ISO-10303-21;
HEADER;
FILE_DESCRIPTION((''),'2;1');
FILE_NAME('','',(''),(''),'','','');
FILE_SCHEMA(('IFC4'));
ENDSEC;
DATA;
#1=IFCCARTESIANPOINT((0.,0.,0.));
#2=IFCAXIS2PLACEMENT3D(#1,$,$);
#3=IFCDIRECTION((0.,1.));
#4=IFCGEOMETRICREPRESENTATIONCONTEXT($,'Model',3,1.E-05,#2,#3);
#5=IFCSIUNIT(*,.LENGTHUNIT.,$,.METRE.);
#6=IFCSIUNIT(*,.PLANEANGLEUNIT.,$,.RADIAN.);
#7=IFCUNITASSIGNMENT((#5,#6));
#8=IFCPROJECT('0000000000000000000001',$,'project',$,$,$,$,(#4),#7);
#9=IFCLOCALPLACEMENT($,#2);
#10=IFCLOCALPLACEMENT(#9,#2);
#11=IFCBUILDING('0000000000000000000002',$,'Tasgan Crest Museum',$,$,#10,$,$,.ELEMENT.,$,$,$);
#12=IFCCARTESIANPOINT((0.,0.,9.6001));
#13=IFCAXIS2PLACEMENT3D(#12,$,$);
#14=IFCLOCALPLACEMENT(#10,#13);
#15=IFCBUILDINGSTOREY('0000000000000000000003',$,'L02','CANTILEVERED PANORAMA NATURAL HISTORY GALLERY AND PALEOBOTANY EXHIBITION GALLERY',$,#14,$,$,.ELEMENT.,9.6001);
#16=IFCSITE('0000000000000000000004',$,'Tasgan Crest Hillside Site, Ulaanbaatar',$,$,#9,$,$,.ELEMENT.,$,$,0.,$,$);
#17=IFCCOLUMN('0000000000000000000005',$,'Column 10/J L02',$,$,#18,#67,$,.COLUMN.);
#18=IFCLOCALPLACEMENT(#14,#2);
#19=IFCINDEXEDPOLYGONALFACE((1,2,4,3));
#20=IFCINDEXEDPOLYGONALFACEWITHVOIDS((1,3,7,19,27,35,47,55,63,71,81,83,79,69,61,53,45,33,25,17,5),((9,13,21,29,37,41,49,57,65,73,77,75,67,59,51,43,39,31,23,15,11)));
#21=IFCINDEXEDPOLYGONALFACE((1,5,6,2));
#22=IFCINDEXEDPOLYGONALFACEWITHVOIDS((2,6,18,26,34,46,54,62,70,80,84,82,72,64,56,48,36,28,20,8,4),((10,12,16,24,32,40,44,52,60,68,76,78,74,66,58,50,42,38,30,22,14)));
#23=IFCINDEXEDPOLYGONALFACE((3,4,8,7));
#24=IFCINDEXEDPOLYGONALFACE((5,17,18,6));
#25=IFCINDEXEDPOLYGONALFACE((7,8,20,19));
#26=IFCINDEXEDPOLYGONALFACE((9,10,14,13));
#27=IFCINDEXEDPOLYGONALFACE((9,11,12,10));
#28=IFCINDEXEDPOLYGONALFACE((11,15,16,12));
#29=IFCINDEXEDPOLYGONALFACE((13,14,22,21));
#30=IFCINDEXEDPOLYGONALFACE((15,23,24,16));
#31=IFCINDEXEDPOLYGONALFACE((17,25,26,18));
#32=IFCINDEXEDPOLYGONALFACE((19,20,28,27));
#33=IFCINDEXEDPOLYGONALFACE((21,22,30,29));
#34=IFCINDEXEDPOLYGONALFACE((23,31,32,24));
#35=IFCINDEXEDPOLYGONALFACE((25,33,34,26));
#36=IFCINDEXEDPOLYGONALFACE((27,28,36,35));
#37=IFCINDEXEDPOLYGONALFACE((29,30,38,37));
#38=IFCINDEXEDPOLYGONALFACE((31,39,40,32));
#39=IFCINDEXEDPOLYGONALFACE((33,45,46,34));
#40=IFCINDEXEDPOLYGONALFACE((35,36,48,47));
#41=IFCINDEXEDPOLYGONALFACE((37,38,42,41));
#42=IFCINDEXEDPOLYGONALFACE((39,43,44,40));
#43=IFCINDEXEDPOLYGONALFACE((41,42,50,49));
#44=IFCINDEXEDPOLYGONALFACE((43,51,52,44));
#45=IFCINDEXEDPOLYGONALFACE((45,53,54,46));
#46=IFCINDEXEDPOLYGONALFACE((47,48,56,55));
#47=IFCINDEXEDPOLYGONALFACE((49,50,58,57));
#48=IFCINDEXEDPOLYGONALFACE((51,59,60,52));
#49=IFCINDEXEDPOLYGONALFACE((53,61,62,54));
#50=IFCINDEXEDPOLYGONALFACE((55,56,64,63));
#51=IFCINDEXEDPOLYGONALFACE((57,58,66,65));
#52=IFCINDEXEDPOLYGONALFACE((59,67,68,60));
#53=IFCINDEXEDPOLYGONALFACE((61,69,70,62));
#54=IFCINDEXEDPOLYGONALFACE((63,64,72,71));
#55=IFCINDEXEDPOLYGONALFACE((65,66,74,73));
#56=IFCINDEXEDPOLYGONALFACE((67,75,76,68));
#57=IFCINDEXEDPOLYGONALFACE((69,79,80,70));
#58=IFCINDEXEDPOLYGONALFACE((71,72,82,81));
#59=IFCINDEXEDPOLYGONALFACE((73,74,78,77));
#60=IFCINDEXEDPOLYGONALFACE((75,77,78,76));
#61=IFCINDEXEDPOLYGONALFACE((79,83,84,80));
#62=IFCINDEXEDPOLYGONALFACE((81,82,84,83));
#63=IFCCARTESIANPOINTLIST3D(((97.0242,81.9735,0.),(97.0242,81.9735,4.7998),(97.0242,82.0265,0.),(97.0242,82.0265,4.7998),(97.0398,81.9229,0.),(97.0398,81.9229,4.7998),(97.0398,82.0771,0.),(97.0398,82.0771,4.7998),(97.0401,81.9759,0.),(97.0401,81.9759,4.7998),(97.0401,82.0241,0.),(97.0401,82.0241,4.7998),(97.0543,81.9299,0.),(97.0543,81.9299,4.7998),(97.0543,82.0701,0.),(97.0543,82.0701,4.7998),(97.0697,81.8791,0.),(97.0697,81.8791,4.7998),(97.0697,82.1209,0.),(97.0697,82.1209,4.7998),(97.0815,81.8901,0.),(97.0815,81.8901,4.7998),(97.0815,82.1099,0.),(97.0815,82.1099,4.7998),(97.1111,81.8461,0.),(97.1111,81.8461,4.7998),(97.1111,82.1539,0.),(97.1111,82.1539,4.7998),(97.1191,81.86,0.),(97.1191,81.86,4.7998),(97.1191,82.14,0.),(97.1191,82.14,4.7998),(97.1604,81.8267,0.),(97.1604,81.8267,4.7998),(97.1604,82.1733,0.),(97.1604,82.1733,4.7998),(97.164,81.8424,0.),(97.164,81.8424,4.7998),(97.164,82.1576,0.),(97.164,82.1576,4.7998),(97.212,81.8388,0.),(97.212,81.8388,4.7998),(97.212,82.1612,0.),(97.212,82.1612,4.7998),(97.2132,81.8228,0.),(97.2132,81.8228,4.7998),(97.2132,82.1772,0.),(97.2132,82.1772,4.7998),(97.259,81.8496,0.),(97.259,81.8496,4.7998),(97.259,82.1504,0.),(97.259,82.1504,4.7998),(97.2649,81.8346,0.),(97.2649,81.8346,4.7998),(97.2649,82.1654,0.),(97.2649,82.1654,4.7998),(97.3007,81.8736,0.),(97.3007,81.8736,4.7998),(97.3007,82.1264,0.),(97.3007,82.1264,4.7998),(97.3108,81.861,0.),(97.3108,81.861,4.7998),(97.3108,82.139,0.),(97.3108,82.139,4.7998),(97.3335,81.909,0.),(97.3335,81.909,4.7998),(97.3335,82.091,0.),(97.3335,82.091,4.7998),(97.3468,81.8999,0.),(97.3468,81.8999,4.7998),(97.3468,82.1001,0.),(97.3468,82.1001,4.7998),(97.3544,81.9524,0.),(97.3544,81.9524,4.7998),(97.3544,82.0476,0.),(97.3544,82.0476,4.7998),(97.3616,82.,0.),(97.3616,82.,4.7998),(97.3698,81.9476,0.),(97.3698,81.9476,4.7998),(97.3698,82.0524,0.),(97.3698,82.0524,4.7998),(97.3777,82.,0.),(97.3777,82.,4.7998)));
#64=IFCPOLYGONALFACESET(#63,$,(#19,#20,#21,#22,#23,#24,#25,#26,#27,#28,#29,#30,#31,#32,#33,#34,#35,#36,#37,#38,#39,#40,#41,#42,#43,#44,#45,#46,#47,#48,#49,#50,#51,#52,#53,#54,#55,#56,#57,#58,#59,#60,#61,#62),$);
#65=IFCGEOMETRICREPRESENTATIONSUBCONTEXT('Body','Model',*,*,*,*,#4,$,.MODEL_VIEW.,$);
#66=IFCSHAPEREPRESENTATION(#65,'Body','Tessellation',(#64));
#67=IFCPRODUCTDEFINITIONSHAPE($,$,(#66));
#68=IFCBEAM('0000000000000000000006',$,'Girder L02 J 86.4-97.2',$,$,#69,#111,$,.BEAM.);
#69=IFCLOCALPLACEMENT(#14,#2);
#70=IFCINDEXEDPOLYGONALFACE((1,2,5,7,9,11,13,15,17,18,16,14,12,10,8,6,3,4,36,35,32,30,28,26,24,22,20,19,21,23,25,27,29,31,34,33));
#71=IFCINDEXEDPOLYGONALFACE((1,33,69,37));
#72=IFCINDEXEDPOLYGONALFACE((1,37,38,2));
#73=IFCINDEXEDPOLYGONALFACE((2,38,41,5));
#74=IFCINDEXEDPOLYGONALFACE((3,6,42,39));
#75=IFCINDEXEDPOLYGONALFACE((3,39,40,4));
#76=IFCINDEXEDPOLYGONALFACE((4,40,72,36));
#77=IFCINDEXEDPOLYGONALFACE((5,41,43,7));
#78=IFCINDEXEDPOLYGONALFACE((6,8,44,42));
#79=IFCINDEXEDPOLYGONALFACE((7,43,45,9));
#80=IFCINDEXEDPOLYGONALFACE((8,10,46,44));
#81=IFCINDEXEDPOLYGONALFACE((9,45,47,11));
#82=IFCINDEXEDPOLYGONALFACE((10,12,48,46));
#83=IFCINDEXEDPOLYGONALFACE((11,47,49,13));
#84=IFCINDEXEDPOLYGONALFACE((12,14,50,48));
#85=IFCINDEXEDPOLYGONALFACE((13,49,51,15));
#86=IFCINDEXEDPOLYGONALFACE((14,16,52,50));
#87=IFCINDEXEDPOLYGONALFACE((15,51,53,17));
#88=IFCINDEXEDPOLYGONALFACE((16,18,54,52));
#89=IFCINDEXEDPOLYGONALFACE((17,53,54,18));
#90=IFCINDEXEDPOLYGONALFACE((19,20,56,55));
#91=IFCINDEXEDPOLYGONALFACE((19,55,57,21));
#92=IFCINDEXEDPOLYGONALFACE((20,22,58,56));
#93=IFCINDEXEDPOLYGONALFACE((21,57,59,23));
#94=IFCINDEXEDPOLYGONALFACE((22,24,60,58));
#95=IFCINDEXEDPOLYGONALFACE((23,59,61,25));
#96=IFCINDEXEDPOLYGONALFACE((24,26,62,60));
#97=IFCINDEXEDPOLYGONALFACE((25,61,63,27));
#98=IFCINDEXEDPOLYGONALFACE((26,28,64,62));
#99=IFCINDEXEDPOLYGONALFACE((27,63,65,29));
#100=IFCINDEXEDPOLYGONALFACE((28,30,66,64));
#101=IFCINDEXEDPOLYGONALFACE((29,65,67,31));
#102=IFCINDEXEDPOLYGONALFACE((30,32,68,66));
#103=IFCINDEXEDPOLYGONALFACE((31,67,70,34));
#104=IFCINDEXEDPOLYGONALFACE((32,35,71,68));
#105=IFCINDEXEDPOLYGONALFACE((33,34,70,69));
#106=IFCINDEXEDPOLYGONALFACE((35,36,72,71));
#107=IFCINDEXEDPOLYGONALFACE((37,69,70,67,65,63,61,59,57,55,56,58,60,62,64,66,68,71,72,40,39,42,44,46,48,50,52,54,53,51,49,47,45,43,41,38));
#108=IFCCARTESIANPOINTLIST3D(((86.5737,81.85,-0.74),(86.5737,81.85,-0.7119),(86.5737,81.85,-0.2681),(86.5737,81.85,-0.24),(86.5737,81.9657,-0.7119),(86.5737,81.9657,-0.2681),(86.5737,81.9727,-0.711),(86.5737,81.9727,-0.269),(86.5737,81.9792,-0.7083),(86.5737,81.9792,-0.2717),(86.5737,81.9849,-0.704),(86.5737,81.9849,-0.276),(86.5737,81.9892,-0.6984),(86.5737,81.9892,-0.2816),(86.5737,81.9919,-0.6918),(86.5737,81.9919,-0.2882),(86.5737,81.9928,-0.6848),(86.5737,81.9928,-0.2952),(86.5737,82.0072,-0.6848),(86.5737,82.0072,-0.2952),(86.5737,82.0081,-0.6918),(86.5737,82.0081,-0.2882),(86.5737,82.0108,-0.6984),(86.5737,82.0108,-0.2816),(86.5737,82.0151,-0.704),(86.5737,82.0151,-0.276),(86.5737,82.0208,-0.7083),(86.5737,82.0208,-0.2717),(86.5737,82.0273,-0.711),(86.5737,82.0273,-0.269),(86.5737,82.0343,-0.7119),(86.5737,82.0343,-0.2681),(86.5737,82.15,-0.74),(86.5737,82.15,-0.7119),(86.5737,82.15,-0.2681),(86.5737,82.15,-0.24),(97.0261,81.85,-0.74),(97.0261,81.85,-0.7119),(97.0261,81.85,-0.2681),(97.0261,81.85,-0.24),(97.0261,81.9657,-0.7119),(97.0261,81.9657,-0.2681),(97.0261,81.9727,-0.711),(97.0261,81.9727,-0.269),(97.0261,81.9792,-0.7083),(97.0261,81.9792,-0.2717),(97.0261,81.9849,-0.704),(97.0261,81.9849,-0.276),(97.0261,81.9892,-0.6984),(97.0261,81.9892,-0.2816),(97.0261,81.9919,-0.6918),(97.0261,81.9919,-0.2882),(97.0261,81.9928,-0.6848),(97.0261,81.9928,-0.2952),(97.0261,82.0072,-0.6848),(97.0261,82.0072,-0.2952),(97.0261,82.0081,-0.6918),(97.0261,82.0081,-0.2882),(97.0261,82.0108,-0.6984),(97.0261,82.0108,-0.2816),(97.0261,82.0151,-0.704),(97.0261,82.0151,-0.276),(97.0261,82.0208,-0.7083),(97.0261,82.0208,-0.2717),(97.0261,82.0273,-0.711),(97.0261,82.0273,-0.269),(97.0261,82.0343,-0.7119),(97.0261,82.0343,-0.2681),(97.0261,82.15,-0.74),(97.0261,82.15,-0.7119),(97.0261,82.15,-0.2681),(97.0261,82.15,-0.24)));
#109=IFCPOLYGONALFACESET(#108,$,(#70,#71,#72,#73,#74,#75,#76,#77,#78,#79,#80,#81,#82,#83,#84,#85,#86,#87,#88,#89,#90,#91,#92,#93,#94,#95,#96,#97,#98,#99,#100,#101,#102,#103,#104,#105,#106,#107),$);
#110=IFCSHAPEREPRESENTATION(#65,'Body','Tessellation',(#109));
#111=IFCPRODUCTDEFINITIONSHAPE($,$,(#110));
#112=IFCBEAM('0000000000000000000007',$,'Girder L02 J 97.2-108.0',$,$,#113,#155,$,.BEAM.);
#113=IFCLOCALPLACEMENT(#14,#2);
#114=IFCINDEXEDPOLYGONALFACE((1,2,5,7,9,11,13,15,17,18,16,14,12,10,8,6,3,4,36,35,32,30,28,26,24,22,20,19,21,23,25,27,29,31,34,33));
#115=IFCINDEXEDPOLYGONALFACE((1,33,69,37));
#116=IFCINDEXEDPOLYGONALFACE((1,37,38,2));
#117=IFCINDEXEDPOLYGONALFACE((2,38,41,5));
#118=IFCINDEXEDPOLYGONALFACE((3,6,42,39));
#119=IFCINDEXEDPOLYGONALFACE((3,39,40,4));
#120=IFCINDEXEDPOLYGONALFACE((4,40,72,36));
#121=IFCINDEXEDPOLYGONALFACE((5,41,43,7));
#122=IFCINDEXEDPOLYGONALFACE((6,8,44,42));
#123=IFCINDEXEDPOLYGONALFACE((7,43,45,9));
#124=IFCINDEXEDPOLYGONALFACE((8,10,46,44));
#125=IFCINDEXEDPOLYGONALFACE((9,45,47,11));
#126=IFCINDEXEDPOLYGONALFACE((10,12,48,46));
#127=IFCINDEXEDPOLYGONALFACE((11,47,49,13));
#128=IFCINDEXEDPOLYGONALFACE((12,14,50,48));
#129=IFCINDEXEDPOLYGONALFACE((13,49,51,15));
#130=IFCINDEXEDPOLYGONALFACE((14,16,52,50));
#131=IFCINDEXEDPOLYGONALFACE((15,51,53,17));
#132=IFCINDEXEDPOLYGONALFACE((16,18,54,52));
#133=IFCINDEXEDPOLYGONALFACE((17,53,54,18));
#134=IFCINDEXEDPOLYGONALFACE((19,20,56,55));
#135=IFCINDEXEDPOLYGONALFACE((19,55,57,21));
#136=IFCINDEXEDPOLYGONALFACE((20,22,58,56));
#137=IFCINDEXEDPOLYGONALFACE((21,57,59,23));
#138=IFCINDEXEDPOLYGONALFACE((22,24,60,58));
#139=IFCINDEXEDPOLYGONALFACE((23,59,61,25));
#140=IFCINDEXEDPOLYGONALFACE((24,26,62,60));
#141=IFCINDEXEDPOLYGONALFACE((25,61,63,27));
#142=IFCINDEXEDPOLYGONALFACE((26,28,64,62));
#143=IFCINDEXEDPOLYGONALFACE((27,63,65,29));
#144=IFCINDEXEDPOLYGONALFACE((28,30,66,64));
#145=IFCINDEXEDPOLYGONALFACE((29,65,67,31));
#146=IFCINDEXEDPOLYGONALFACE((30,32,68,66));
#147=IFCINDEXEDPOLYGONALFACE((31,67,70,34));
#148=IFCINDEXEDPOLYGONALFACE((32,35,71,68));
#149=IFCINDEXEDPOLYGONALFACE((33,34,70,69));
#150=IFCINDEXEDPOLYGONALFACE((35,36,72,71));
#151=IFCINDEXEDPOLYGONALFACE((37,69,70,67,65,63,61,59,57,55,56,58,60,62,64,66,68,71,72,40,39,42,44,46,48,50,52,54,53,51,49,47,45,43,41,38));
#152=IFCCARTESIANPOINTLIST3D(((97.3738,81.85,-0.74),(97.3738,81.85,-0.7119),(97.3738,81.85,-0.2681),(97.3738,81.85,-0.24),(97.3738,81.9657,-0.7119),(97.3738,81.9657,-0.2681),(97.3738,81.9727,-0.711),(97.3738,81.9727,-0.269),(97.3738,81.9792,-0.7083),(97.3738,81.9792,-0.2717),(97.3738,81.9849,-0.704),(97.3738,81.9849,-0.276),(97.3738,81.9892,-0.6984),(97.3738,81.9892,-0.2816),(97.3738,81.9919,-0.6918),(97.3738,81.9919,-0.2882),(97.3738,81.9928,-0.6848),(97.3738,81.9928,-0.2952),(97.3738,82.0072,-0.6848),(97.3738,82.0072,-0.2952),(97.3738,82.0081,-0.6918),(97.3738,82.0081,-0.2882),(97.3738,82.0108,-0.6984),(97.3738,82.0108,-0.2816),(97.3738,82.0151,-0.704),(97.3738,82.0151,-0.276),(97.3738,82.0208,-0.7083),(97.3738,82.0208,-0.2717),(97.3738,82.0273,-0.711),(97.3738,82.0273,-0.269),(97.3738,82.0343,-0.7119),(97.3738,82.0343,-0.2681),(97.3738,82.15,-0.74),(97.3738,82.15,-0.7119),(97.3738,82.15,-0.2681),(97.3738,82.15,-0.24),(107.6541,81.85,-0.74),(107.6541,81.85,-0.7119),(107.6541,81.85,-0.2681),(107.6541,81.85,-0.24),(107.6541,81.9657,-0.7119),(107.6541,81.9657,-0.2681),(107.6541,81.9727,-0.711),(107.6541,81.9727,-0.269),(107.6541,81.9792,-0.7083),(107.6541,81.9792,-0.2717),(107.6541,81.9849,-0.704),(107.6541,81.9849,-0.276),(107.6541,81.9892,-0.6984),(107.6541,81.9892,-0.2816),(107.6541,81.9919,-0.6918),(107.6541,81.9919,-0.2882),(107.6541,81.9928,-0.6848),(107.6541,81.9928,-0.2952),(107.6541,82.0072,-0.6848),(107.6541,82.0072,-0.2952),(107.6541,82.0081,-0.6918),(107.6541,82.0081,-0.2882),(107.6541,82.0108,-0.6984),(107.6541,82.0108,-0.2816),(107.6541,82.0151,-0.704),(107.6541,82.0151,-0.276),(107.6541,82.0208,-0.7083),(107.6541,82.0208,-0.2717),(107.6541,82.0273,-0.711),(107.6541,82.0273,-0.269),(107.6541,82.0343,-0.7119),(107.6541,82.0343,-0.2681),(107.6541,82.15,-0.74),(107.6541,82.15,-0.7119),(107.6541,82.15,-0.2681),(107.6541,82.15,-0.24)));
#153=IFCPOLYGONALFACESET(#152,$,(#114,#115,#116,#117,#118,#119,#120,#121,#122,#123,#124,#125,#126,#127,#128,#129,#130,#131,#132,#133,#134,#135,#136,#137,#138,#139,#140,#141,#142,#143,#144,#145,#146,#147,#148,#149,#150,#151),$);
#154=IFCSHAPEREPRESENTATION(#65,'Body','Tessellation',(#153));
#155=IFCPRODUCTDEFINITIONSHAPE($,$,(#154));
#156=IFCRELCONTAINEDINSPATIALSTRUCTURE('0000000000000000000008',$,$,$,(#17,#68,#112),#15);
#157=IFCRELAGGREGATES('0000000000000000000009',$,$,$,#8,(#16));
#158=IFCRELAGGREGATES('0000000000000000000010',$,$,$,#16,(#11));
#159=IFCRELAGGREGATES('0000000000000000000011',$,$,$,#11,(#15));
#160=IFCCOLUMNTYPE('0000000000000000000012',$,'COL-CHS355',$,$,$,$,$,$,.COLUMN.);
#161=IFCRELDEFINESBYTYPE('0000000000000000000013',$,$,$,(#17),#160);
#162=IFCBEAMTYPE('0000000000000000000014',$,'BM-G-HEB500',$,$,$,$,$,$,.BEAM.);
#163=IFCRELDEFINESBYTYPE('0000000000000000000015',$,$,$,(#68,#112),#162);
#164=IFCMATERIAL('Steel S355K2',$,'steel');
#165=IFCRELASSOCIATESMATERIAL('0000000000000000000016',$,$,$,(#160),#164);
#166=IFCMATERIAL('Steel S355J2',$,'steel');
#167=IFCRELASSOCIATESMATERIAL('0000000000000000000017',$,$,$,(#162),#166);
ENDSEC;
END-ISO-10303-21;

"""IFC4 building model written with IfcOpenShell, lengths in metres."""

from ifc_helpers import new_model, si_unit, direction, frame, origin, origin_2d, place, context, subcontext, project, spatial, hollow_circle, i_section, extrude, material, material_profile, profile_set, type_object, element, save


model = new_model("IFC4")

# Units and contexts
model_context = context("Model", 3, precision=1e-05, world=origin(), true_north=direction((0.0, 1.0)))
body_context = subcontext(model_context, "Body", "Model", "MODEL_VIEW")
ifc_project = project(units=[si_unit("LENGTHUNIT", "METRE"), si_unit("PLANEANGLEUNIT", "RADIAN")], contexts=[model_context])

# Site, building, storey
site_placement = place(None, origin())
site = spatial("IfcSite", under=ifc_project, at=site_placement, Name="Tasgan Crest Hillside Site, Ulaanbaatar", CompositionType="ELEMENT", RefElevation=0.0)
building_placement = place(site_placement, origin())
building = spatial("IfcBuilding", under=site, at=building_placement, Name="Tasgan Crest Museum", CompositionType="ELEMENT")
storey_placement = place(building_placement, frame((0.0, 0.0, 9.6001)))
storey = spatial("IfcBuildingStorey", under=building, at=storey_placement, Name="L02", Description="CANTILEVERED PANORAMA NATURAL HISTORY GALLERY AND PALEOBOTANY EXHIBITION GALLERY", CompositionType="ELEMENT", Elevation=9.6001)

# Column
ifc_material_1 = material(Name="Steel S355K2", Category="steel")
ifc_material_profile_1 = material_profile(ifc_material_1, hollow_circle(Radius=0.1777, WallThickness=0.0161, at=origin_2d()), Name="CHS 355.6x16")
ifc_profile_set_1 = profile_set([ifc_material_profile_1], Name="Steel S355K2")
column_type = type_object("IfcColumnType", Name="COL-CHS355", PredefinedType="COLUMN", material=ifc_profile_set_1)
column_placement = place(storey_placement, frame((97.2, 82.0, 0.0), z_axis=(0.0, 0.0, 1.0), x_axis=(1.0, 0.0, 0.0)))
element("IfcColumn", 1, at=column_placement, inside=storey, type_object=column_type, Name="Column 10/J L02", PredefinedType="COLUMN", context=body_context, shape_type="SweptSolid", body=[
    extrude(hollow_circle(Radius=0.1777, WallThickness=0.0161, at=origin_2d()), origin(), (0.0, 0.0, 1.0), 4.7998),
])

# Beams
ifc_material_2 = material(Name="Steel S355J2", Category="steel")
ifc_material_profile_2 = material_profile(ifc_material_2, i_section(OverallWidth=0.3, OverallDepth=0.5, WebThickness=0.0144, FlangeThickness=0.0281, FilletRadius=0.0271, at=origin_2d()), Name="HEB 500")
ifc_profile_set_2 = profile_set([ifc_material_profile_2], Name="Steel S355J2")
beam_type_1 = type_object("IfcBeamType", Name="BM-G-HEB500", PredefinedType="BEAM", material=ifc_profile_set_2)
beam_1_placement = place(storey_placement, frame((86.5737, 82.0, -0.49), z_axis=(1.0, 0.0, 0.0), x_axis=(0.0, 1.0, 0.0)))
element("IfcBeam", 2, at=beam_1_placement, inside=storey, type_object=beam_type_1, Name="Girder L02 J 86.4-97.2", PredefinedType="BEAM", context=body_context, shape_type="SweptSolid", body=[
    extrude(i_section(OverallWidth=0.3, OverallDepth=0.5, WebThickness=0.0144, FlangeThickness=0.0281, FilletRadius=0.0271, at=origin_2d()), origin(), (0.0, 0.0, 1.0), 10.4524),
])
beam_2_placement = place(storey_placement, frame((97.3738, 82.0, -0.49), z_axis=(1.0, 0.0, 0.0), x_axis=(0.0, 1.0, 0.0)))
element("IfcBeam", 3, at=beam_2_placement, inside=storey, type_object=beam_type_1, Name="Girder L02 J 97.2-108.0", PredefinedType="BEAM", context=body_context, shape_type="SweptSolid", body=[
    extrude(i_section(OverallWidth=0.3, OverallDepth=0.5, WebThickness=0.0144, FlangeThickness=0.0281, FilletRadius=0.0271, at=origin_2d()), origin(), (0.0, 0.0, 1.0), 10.2803),
])

save(model, "model.ifc")
